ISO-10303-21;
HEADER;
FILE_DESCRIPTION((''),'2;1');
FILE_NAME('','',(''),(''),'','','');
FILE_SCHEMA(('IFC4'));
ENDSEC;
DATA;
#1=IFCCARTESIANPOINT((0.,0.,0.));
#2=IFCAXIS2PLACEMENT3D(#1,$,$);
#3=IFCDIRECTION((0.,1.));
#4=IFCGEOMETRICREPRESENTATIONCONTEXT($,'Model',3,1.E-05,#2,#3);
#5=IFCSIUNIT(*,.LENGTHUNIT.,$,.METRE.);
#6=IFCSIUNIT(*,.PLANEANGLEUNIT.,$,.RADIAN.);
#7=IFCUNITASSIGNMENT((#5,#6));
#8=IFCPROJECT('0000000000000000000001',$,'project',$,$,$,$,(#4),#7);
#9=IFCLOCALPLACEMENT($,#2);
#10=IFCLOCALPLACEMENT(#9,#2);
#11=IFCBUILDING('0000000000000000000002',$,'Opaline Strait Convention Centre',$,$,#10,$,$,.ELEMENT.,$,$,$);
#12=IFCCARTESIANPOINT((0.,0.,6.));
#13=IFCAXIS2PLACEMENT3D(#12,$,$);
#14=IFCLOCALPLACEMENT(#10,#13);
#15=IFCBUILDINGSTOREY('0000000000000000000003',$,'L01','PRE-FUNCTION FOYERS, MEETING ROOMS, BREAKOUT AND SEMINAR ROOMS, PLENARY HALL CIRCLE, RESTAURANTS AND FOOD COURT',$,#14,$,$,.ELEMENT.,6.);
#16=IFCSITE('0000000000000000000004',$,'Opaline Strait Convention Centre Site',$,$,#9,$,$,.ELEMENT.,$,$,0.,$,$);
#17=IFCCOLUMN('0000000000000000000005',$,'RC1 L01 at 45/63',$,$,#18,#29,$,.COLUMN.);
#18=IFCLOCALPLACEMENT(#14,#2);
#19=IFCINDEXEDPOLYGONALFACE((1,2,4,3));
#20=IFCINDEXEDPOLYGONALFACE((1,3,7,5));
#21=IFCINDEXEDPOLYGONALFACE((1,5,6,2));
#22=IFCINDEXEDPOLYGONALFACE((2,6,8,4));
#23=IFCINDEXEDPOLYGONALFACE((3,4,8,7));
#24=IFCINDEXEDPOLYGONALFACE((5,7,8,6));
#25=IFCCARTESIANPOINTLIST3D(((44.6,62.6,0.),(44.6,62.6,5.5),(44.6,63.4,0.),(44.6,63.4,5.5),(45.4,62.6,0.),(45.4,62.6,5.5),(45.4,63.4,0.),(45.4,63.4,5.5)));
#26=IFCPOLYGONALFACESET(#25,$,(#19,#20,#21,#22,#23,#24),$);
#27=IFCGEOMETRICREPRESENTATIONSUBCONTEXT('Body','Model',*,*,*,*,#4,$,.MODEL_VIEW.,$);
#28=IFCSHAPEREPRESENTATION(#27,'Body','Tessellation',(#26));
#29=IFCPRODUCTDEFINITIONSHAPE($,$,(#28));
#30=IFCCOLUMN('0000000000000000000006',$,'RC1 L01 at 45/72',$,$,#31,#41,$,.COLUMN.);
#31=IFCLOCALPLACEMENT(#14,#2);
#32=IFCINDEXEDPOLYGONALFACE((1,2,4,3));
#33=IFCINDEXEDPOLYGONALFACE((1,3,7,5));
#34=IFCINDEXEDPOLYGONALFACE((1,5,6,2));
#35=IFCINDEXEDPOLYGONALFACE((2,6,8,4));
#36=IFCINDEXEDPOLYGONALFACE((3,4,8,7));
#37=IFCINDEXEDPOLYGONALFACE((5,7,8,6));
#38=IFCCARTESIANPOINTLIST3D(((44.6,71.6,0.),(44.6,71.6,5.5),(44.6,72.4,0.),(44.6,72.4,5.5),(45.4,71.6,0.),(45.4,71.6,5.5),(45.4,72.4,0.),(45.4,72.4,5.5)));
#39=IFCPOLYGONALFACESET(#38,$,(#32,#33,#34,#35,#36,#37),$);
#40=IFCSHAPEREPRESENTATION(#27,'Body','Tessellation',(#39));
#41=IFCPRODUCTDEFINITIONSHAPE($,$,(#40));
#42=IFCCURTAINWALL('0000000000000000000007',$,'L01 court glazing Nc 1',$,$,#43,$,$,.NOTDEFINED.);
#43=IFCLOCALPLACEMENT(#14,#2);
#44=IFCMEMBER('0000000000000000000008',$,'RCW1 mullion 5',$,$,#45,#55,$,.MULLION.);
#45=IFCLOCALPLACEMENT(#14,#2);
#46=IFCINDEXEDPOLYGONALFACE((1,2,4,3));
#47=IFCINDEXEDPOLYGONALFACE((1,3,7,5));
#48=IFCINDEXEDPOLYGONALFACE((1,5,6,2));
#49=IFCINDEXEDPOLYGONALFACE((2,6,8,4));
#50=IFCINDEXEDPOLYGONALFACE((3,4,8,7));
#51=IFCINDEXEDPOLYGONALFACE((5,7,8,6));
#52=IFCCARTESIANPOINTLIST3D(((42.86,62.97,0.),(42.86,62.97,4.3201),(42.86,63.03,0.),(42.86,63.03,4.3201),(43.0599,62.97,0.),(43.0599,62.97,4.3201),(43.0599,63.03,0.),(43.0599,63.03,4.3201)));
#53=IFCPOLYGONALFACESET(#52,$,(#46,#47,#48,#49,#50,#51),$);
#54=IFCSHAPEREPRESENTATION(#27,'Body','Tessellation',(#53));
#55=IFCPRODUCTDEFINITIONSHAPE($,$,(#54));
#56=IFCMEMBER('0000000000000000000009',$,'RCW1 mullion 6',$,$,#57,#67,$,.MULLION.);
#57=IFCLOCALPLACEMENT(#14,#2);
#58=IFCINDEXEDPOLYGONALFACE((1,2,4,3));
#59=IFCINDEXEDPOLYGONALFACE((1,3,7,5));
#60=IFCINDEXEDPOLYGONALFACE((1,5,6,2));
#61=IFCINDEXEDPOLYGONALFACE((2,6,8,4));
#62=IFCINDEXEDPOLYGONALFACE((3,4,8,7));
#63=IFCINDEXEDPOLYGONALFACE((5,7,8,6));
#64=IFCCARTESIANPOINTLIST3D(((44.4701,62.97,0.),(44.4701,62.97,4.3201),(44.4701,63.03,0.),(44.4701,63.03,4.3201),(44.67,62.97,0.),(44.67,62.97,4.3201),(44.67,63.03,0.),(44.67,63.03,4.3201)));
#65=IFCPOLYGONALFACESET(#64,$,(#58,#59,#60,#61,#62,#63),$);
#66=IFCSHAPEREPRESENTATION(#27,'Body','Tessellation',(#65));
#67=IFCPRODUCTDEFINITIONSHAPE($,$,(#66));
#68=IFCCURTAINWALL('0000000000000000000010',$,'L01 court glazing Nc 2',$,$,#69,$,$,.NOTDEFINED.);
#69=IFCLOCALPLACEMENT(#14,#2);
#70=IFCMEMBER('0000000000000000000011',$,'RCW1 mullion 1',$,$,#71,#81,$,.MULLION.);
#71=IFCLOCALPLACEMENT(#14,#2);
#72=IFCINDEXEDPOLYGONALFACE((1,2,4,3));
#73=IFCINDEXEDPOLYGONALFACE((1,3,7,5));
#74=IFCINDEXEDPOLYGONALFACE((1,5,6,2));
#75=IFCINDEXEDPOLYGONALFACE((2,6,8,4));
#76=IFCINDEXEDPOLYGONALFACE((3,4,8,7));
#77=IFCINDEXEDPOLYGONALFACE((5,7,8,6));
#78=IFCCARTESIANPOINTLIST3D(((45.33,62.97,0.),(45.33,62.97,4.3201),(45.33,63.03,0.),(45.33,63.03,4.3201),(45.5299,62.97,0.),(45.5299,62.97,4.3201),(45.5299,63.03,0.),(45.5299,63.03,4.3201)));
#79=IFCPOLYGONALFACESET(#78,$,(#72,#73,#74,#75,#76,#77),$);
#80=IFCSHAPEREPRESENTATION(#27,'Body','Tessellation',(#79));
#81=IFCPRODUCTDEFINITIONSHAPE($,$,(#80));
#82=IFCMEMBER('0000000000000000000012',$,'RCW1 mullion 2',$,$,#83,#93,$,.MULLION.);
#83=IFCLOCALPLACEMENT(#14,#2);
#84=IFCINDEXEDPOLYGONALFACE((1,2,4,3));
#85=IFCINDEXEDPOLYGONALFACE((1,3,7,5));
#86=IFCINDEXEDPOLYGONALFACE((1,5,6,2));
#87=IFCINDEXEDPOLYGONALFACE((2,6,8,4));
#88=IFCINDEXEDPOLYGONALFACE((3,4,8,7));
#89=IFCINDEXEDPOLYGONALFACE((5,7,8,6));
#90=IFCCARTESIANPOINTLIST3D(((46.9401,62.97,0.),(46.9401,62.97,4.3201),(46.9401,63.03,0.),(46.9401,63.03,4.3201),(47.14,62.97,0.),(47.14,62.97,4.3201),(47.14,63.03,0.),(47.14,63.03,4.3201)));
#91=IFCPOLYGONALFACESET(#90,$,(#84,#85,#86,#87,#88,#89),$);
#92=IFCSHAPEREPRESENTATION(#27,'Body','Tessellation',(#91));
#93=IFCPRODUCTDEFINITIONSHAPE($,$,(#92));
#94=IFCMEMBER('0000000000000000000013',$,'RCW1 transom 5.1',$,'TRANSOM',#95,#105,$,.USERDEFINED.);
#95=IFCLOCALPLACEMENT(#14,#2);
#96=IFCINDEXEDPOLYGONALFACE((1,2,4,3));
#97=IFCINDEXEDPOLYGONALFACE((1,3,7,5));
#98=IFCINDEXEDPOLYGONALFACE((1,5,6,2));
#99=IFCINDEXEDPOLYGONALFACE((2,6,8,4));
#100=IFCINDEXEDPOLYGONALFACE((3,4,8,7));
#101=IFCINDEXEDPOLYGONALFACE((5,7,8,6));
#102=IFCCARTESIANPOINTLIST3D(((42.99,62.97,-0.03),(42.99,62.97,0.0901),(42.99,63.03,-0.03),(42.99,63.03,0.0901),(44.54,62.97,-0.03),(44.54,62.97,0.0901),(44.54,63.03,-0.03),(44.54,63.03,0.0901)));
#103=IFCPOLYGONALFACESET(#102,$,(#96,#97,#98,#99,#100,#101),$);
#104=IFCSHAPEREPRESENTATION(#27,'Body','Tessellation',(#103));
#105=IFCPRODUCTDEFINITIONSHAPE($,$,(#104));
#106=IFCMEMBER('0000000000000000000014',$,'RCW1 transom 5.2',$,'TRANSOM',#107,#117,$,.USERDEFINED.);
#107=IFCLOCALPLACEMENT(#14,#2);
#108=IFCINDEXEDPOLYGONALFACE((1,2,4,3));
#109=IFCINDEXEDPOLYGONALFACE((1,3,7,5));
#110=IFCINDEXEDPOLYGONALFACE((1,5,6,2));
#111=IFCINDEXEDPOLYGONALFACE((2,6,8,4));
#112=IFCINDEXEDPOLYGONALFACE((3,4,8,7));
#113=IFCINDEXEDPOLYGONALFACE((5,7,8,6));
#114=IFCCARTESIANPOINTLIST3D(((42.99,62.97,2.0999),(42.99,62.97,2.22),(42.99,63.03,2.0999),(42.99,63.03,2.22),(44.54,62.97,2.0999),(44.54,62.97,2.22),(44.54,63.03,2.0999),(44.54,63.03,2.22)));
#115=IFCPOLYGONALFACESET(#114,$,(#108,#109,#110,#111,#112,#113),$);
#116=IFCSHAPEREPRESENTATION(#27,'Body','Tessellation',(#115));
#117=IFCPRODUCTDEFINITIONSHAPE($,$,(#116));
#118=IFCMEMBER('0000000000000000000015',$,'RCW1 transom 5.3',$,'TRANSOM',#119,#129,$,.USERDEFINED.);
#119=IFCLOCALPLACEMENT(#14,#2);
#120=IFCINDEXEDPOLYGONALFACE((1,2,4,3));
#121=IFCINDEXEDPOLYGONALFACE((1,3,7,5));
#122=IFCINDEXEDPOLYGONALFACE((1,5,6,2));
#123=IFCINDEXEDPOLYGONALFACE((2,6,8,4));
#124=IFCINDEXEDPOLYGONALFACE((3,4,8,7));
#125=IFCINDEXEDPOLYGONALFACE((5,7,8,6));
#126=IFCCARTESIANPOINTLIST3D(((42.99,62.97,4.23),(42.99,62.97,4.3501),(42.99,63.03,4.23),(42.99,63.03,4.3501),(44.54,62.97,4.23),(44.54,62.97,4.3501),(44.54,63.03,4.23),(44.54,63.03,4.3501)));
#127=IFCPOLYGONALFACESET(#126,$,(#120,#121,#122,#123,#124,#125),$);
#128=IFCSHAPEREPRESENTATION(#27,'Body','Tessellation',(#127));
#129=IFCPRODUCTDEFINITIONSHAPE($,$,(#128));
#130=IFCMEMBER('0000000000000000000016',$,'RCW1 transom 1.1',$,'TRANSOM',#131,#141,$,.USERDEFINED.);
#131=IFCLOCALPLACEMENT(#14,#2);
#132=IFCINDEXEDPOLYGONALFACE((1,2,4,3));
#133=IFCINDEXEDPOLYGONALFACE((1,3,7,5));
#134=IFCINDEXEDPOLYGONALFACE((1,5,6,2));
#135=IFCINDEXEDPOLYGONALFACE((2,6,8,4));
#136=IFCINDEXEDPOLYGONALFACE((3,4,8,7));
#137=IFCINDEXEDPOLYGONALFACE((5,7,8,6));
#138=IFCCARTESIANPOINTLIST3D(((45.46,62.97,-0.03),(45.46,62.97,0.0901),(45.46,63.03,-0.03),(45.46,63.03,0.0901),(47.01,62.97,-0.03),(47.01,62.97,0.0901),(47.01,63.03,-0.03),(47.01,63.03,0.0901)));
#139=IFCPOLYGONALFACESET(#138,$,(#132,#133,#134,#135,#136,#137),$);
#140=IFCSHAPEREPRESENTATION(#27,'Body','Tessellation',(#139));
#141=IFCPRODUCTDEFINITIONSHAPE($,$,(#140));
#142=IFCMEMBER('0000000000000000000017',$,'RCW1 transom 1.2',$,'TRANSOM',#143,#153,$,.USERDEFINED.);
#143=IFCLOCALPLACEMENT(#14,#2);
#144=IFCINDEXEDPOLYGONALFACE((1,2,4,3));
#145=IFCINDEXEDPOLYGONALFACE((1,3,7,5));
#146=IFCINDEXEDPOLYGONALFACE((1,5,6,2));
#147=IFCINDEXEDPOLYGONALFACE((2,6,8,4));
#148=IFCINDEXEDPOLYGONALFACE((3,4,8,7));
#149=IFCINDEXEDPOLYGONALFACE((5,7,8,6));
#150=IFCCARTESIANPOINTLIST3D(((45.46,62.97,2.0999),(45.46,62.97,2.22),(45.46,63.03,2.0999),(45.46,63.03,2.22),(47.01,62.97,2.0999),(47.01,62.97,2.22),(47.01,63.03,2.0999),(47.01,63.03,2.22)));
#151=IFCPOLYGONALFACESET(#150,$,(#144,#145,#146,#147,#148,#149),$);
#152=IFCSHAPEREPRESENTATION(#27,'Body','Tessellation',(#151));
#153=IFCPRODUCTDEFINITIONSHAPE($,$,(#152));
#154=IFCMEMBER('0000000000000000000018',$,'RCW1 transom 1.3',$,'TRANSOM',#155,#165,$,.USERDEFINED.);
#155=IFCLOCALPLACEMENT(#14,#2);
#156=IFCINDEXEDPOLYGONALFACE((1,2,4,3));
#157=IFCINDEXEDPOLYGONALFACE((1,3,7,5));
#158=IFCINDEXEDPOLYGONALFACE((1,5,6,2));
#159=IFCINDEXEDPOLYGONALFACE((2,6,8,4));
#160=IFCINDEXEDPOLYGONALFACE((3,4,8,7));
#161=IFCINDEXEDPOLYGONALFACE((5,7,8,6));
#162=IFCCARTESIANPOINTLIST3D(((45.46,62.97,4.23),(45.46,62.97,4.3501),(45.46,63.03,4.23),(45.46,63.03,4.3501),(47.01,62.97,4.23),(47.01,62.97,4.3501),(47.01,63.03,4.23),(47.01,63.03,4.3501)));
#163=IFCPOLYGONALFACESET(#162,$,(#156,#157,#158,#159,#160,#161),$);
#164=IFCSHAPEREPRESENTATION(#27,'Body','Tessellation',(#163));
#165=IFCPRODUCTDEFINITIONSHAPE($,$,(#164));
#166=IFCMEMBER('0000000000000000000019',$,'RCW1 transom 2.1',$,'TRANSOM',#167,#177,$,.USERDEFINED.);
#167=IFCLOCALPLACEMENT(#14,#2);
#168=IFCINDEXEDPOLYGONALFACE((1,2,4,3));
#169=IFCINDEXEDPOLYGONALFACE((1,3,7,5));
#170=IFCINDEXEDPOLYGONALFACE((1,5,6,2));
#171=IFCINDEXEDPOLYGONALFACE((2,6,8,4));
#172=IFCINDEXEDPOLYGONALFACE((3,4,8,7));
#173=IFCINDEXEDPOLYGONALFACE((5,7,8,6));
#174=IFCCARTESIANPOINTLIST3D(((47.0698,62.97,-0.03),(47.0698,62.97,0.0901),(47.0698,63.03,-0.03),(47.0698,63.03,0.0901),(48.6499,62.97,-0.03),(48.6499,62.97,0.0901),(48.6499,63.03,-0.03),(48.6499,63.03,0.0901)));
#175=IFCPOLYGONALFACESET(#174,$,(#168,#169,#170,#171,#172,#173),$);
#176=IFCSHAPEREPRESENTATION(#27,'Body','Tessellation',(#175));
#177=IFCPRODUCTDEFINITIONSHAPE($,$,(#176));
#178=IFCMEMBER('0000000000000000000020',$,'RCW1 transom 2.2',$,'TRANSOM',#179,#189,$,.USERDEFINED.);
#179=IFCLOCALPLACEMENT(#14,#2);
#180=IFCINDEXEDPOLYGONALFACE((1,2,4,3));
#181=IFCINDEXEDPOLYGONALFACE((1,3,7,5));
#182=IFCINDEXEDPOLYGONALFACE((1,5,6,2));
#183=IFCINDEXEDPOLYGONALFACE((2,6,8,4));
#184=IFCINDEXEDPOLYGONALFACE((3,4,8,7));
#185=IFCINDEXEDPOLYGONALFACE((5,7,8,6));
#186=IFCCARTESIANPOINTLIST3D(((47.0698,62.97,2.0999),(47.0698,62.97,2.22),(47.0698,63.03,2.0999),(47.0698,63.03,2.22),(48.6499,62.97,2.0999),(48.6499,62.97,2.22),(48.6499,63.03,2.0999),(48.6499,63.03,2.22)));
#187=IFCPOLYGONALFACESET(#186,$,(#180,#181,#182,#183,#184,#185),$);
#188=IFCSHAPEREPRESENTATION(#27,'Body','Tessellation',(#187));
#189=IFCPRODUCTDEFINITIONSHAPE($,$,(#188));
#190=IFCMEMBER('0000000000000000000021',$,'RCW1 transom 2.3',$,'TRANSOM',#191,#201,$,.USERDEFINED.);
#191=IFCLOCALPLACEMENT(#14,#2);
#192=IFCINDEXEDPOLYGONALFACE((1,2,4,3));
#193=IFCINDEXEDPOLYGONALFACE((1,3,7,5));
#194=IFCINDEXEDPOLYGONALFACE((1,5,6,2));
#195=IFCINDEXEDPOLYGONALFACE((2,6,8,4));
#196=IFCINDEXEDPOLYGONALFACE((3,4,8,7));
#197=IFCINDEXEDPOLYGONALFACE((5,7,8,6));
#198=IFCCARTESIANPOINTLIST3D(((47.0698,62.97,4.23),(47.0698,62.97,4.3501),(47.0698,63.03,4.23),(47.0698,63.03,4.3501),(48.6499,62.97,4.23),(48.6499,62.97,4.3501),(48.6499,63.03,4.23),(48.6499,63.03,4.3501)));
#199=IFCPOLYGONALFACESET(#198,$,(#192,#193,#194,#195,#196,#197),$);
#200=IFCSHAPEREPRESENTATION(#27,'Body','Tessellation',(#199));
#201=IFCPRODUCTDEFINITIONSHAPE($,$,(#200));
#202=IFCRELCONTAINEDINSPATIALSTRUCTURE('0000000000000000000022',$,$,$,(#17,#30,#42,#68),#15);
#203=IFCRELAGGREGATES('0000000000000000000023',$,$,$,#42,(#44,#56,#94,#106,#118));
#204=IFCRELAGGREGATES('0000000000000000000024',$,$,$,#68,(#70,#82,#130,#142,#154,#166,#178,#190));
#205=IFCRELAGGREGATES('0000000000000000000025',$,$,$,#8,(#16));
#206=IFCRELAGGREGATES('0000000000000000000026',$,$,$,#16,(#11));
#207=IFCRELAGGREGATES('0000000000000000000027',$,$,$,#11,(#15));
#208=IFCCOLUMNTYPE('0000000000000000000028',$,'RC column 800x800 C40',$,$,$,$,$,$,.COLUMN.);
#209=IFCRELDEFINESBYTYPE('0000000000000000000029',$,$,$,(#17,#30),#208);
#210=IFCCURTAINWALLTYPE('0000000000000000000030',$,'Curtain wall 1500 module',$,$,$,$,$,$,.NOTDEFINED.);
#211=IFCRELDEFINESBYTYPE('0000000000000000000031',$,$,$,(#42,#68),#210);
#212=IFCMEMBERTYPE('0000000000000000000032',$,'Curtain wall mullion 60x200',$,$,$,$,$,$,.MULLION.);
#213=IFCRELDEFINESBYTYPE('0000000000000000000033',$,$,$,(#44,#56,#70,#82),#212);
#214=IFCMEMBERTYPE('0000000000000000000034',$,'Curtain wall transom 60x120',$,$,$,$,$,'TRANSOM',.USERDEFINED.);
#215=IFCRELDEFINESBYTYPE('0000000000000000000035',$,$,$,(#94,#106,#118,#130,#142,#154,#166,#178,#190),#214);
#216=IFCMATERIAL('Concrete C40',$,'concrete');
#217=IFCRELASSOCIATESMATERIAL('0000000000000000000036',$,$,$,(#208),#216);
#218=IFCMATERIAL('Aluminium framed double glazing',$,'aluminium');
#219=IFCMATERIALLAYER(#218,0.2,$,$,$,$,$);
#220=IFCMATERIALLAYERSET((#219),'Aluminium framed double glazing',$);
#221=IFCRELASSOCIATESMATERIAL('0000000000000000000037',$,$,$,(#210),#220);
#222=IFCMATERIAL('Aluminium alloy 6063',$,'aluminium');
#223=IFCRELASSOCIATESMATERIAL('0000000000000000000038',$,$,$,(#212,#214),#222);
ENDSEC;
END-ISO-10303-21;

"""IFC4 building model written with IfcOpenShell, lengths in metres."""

from ifc_helpers import new_model, si_unit, direction, frame, origin, origin_2d, place, context, subcontext, project, spatial, rectangle, extrude, material, layer, layer_set, material_profile, profile_set, type_object, element, aggregate, save


model = new_model("IFC4")

# Units and contexts
model_context = context("Model", 3, precision=1e-05, world=origin(), true_north=direction((0.0, 1.0)))
body_context = subcontext(model_context, "Body", "Model", "MODEL_VIEW")
ifc_project = project(units=[si_unit("LENGTHUNIT", "METRE"), si_unit("PLANEANGLEUNIT", "RADIAN")], contexts=[model_context])

# Site, building, storey
site_placement = place(None, origin())
site = spatial("IfcSite", under=ifc_project, at=site_placement, Name="Opaline Strait Convention Centre Site", CompositionType="ELEMENT", RefElevation=0.0)
building_placement = place(site_placement, origin())
building = spatial("IfcBuilding", under=site, at=building_placement, Name="Opaline Strait Convention Centre", CompositionType="ELEMENT")
storey_placement = place(building_placement, frame((0.0, 0.0, 6.0)))
storey = spatial("IfcBuildingStorey", under=building, at=storey_placement, Name="L01", Description="PRE-FUNCTION FOYERS, MEETING ROOMS, BREAKOUT AND SEMINAR ROOMS, PLENARY HALL CIRCLE, RESTAURANTS AND FOOD COURT", CompositionType="ELEMENT", Elevation=6.0)

# Columns
ifc_material_1 = material(Name="Concrete C40", Category="concrete")
ifc_material_profile_1 = material_profile(ifc_material_1, rectangle(XDim=0.8, YDim=0.8, at=origin_2d()), Name="RC 800x800")
ifc_profile_set_1 = profile_set([ifc_material_profile_1], Name="Concrete C40")
column_type = type_object("IfcColumnType", Name="RC column 800x800 C40", PredefinedType="COLUMN", material=ifc_profile_set_1)
for number, where, z_axis, x_axis, name in (
    (1, (45.0, 63.0, 0.0), (0.0, 0.0, 1.0), (1.0, 0.0, 0.0), "RC1 L01 at 45/63"),
    (2, (45.0, 72.0, 0.0), (0.0, 0.0, 1.0), (1.0, 0.0, 0.0), "RC1 L01 at 45/72"),
):
    element("IfcColumn", number, at=place(storey_placement, frame(where, z_axis=z_axis, x_axis=x_axis)), inside=storey, type_object=column_type, Name=name, PredefinedType="COLUMN", context=body_context, shape_type="SweptSolid", body=[
        extrude(rectangle(XDim=0.8, YDim=0.8, at=origin_2d()), origin(), (0.0, 0.0, 1.0), 5.5),
    ])

# Curtain walls, members
ifc_material_2 = material(Name="Aluminium framed double glazing", Category="aluminium")
ifc_layer_1 = layer(ifc_material_2, 0.2)
ifc_layer_set_1 = layer_set([ifc_layer_1], Name="Aluminium framed double glazing")
curtain_wall_type = type_object("IfcCurtainWallType", Name="Curtain wall 1500 module", PredefinedType="NOTDEFINED", material=ifc_layer_set_1)
curtain_wall_1_placement = place(storey_placement, origin())
curtain_wall_1 = element("IfcCurtainWall", 3, at=curtain_wall_1_placement, inside=storey, type_object=curtain_wall_type, Name="L01 court glazing Nc 1", PredefinedType="NOTDEFINED")
ifc_material_3 = material(Name="Aluminium alloy 6063", Category="aluminium")
ifc_material_profile_2 = material_profile(ifc_material_3, rectangle(XDim=0.0601, YDim=0.2, at=origin_2d()), Name="Curtain wall mullion 60x200")
ifc_profile_set_2 = profile_set([ifc_material_profile_2], Name="Aluminium alloy 6063")
member_type_1 = type_object("IfcMemberType", Name="Curtain wall mullion 60x200", PredefinedType="MULLION", material=ifc_profile_set_2)
member_1_placement = place(storey_placement, frame((42.96, 63.0, 0.0), z_axis=(0.0, 0.0, 1.0), x_axis=(0.0, 1.0, 0.0)))
member_1 = element("IfcMember", 4, at=member_1_placement, type_object=member_type_1, Name="RCW1 mullion 5", PredefinedType="MULLION", context=body_context, shape_type="SweptSolid", body=[
    extrude(rectangle(XDim=0.0601, YDim=0.2, at=origin_2d()), origin(), (0.0, 0.0, 1.0), 4.3201),
])
member_2_placement = place(storey_placement, frame((44.5701, 63.0, 0.0), z_axis=(0.0, 0.0, 1.0), x_axis=(0.0, 1.0, 0.0)))
member_2 = element("IfcMember", 5, at=member_2_placement, type_object=member_type_1, Name="RCW1 mullion 6", PredefinedType="MULLION", context=body_context, shape_type="SweptSolid", body=[
    extrude(rectangle(XDim=0.0601, YDim=0.2, at=origin_2d()), origin(), (0.0, 0.0, 1.0), 4.3201),
])
curtain_wall_2_placement = place(storey_placement, origin())
curtain_wall_2 = element("IfcCurtainWall", 6, at=curtain_wall_2_placement, inside=storey, type_object=curtain_wall_type, Name="L01 court glazing Nc 2", PredefinedType="NOTDEFINED")
member_3_placement = place(storey_placement, frame((45.4299, 63.0, 0.0), z_axis=(0.0, 0.0, 1.0), x_axis=(0.0, 1.0, 0.0)))
member_3 = element("IfcMember", 7, at=member_3_placement, type_object=member_type_1, Name="RCW1 mullion 1", PredefinedType="MULLION", context=body_context, shape_type="SweptSolid", body=[
    extrude(rectangle(XDim=0.0601, YDim=0.2, at=origin_2d()), origin(), (0.0, 0.0, 1.0), 4.3201),
])
member_4_placement = place(storey_placement, frame((47.04, 63.0, 0.0), z_axis=(0.0, 0.0, 1.0), x_axis=(0.0, 1.0, 0.0)))
member_4 = element("IfcMember", 8, at=member_4_placement, type_object=member_type_1, Name="RCW1 mullion 2", PredefinedType="MULLION", context=body_context, shape_type="SweptSolid", body=[
    extrude(rectangle(XDim=0.0601, YDim=0.2, at=origin_2d()), origin(), (0.0, 0.0, 1.0), 4.3201),
])

# Members
ifc_material_profile_3 = material_profile(ifc_material_3, rectangle(XDim=0.0601, YDim=0.1201, at=origin_2d()), Name="Curtain wall transom 60x120")
ifc_profile_set_3 = profile_set([ifc_material_profile_3], Name="Aluminium alloy 6063")
member_type_2 = type_object("IfcMemberType", Name="Curtain wall transom 60x120", ElementType="TRANSOM", PredefinedType="USERDEFINED", material=ifc_profile_set_3)
member_5_placement = place(storey_placement, frame((42.99, 63.0, 0.03), z_axis=(1.0, 0.0, 0.0), x_axis=(0.0, 1.0, 0.0)))
member_5 = element("IfcMember", 9, at=member_5_placement, type_object=member_type_2, Name="RCW1 transom 5.1", ObjectType="TRANSOM", PredefinedType="USERDEFINED", context=body_context, shape_type="SweptSolid", body=[
    extrude(rectangle(XDim=0.0601, YDim=0.1201, at=origin_2d()), origin(), (0.0, 0.0, 1.0), 1.55),
])
member_6_placement = place(storey_placement, frame((42.99, 63.0, 2.1599), z_axis=(1.0, 0.0, 0.0), x_axis=(0.0, 1.0, 0.0)))
member_6 = element("IfcMember", 10, at=member_6_placement, type_object=member_type_2, Name="RCW1 transom 5.2", ObjectType="TRANSOM", PredefinedType="USERDEFINED", context=body_context, shape_type="SweptSolid", body=[
    extrude(rectangle(XDim=0.0601, YDim=0.1201, at=origin_2d()), origin(), (0.0, 0.0, 1.0), 1.55),
])
member_7_placement = place(storey_placement, frame((42.99, 63.0, 4.29), z_axis=(1.0, 0.0, 0.0), x_axis=(0.0, 1.0, 0.0)))
member_7 = element("IfcMember", 11, at=member_7_placement, type_object=member_type_2, Name="RCW1 transom 5.3", ObjectType="TRANSOM", PredefinedType="USERDEFINED", context=body_context, shape_type="SweptSolid", body=[
    extrude(rectangle(XDim=0.0601, YDim=0.1201, at=origin_2d()), origin(), (0.0, 0.0, 1.0), 1.55),
])
member_8_placement = place(storey_placement, frame((45.46, 63.0, 0.03), z_axis=(1.0, 0.0, 0.0), x_axis=(0.0, 1.0, 0.0)))
member_8 = element("IfcMember", 12, at=member_8_placement, type_object=member_type_2, Name="RCW1 transom 1.1", ObjectType="TRANSOM", PredefinedType="USERDEFINED", context=body_context, shape_type="SweptSolid", body=[
    extrude(rectangle(XDim=0.0601, YDim=0.1201, at=origin_2d()), origin(), (0.0, 0.0, 1.0), 1.55),
])
member_9_placement = place(storey_placement, frame((45.46, 63.0, 2.1599), z_axis=(1.0, 0.0, 0.0), x_axis=(0.0, 1.0, 0.0)))
member_9 = element("IfcMember", 13, at=member_9_placement, type_object=member_type_2, Name="RCW1 transom 1.2", ObjectType="TRANSOM", PredefinedType="USERDEFINED", context=body_context, shape_type="SweptSolid", body=[
    extrude(rectangle(XDim=0.0601, YDim=0.1201, at=origin_2d()), origin(), (0.0, 0.0, 1.0), 1.55),
])
member_10_placement = place(storey_placement, frame((45.46, 63.0, 4.29), z_axis=(1.0, 0.0, 0.0), x_axis=(0.0, 1.0, 0.0)))
member_10 = element("IfcMember", 14, at=member_10_placement, type_object=member_type_2, Name="RCW1 transom 1.3", ObjectType="TRANSOM", PredefinedType="USERDEFINED", context=body_context, shape_type="SweptSolid", body=[
    extrude(rectangle(XDim=0.0601, YDim=0.1201, at=origin_2d()), origin(), (0.0, 0.0, 1.0), 1.55),
])
member_11_placement = place(storey_placement, frame((47.0698, 63.0, 0.03), z_axis=(1.0, 0.0, 0.0), x_axis=(0.0, 1.0, 0.0)))
member_11 = element("IfcMember", 15, at=member_11_placement, type_object=member_type_2, Name="RCW1 transom 2.1", ObjectType="TRANSOM", PredefinedType="USERDEFINED", context=body_context, shape_type="SweptSolid", body=[
    extrude(rectangle(XDim=0.0601, YDim=0.1201, at=origin_2d()), origin(), (0.0, 0.0, 1.0), 1.5801),
])
member_12_placement = place(storey_placement, frame((47.0698, 63.0, 2.1599), z_axis=(1.0, 0.0, 0.0), x_axis=(0.0, 1.0, 0.0)))
member_12 = element("IfcMember", 16, at=member_12_placement, type_object=member_type_2, Name="RCW1 transom 2.2", ObjectType="TRANSOM", PredefinedType="USERDEFINED", context=body_context, shape_type="SweptSolid", body=[
    extrude(rectangle(XDim=0.0601, YDim=0.1201, at=origin_2d()), origin(), (0.0, 0.0, 1.0), 1.5801),
])
member_13_placement = place(storey_placement, frame((47.0698, 63.0, 4.29), z_axis=(1.0, 0.0, 0.0), x_axis=(0.0, 1.0, 0.0)))
member_13 = element("IfcMember", 17, at=member_13_placement, type_object=member_type_2, Name="RCW1 transom 2.3", ObjectType="TRANSOM", PredefinedType="USERDEFINED", context=body_context, shape_type="SweptSolid", body=[
    extrude(rectangle(XDim=0.0601, YDim=0.1201, at=origin_2d()), origin(), (0.0, 0.0, 1.0), 1.5801),
])

aggregate(curtain_wall_1, [member_1, member_2, member_5, member_6, member_7])
aggregate(curtain_wall_2, [member_3, member_4, member_8, member_9, member_10, member_11, member_12, member_13])

save(model, "model.ifc")
